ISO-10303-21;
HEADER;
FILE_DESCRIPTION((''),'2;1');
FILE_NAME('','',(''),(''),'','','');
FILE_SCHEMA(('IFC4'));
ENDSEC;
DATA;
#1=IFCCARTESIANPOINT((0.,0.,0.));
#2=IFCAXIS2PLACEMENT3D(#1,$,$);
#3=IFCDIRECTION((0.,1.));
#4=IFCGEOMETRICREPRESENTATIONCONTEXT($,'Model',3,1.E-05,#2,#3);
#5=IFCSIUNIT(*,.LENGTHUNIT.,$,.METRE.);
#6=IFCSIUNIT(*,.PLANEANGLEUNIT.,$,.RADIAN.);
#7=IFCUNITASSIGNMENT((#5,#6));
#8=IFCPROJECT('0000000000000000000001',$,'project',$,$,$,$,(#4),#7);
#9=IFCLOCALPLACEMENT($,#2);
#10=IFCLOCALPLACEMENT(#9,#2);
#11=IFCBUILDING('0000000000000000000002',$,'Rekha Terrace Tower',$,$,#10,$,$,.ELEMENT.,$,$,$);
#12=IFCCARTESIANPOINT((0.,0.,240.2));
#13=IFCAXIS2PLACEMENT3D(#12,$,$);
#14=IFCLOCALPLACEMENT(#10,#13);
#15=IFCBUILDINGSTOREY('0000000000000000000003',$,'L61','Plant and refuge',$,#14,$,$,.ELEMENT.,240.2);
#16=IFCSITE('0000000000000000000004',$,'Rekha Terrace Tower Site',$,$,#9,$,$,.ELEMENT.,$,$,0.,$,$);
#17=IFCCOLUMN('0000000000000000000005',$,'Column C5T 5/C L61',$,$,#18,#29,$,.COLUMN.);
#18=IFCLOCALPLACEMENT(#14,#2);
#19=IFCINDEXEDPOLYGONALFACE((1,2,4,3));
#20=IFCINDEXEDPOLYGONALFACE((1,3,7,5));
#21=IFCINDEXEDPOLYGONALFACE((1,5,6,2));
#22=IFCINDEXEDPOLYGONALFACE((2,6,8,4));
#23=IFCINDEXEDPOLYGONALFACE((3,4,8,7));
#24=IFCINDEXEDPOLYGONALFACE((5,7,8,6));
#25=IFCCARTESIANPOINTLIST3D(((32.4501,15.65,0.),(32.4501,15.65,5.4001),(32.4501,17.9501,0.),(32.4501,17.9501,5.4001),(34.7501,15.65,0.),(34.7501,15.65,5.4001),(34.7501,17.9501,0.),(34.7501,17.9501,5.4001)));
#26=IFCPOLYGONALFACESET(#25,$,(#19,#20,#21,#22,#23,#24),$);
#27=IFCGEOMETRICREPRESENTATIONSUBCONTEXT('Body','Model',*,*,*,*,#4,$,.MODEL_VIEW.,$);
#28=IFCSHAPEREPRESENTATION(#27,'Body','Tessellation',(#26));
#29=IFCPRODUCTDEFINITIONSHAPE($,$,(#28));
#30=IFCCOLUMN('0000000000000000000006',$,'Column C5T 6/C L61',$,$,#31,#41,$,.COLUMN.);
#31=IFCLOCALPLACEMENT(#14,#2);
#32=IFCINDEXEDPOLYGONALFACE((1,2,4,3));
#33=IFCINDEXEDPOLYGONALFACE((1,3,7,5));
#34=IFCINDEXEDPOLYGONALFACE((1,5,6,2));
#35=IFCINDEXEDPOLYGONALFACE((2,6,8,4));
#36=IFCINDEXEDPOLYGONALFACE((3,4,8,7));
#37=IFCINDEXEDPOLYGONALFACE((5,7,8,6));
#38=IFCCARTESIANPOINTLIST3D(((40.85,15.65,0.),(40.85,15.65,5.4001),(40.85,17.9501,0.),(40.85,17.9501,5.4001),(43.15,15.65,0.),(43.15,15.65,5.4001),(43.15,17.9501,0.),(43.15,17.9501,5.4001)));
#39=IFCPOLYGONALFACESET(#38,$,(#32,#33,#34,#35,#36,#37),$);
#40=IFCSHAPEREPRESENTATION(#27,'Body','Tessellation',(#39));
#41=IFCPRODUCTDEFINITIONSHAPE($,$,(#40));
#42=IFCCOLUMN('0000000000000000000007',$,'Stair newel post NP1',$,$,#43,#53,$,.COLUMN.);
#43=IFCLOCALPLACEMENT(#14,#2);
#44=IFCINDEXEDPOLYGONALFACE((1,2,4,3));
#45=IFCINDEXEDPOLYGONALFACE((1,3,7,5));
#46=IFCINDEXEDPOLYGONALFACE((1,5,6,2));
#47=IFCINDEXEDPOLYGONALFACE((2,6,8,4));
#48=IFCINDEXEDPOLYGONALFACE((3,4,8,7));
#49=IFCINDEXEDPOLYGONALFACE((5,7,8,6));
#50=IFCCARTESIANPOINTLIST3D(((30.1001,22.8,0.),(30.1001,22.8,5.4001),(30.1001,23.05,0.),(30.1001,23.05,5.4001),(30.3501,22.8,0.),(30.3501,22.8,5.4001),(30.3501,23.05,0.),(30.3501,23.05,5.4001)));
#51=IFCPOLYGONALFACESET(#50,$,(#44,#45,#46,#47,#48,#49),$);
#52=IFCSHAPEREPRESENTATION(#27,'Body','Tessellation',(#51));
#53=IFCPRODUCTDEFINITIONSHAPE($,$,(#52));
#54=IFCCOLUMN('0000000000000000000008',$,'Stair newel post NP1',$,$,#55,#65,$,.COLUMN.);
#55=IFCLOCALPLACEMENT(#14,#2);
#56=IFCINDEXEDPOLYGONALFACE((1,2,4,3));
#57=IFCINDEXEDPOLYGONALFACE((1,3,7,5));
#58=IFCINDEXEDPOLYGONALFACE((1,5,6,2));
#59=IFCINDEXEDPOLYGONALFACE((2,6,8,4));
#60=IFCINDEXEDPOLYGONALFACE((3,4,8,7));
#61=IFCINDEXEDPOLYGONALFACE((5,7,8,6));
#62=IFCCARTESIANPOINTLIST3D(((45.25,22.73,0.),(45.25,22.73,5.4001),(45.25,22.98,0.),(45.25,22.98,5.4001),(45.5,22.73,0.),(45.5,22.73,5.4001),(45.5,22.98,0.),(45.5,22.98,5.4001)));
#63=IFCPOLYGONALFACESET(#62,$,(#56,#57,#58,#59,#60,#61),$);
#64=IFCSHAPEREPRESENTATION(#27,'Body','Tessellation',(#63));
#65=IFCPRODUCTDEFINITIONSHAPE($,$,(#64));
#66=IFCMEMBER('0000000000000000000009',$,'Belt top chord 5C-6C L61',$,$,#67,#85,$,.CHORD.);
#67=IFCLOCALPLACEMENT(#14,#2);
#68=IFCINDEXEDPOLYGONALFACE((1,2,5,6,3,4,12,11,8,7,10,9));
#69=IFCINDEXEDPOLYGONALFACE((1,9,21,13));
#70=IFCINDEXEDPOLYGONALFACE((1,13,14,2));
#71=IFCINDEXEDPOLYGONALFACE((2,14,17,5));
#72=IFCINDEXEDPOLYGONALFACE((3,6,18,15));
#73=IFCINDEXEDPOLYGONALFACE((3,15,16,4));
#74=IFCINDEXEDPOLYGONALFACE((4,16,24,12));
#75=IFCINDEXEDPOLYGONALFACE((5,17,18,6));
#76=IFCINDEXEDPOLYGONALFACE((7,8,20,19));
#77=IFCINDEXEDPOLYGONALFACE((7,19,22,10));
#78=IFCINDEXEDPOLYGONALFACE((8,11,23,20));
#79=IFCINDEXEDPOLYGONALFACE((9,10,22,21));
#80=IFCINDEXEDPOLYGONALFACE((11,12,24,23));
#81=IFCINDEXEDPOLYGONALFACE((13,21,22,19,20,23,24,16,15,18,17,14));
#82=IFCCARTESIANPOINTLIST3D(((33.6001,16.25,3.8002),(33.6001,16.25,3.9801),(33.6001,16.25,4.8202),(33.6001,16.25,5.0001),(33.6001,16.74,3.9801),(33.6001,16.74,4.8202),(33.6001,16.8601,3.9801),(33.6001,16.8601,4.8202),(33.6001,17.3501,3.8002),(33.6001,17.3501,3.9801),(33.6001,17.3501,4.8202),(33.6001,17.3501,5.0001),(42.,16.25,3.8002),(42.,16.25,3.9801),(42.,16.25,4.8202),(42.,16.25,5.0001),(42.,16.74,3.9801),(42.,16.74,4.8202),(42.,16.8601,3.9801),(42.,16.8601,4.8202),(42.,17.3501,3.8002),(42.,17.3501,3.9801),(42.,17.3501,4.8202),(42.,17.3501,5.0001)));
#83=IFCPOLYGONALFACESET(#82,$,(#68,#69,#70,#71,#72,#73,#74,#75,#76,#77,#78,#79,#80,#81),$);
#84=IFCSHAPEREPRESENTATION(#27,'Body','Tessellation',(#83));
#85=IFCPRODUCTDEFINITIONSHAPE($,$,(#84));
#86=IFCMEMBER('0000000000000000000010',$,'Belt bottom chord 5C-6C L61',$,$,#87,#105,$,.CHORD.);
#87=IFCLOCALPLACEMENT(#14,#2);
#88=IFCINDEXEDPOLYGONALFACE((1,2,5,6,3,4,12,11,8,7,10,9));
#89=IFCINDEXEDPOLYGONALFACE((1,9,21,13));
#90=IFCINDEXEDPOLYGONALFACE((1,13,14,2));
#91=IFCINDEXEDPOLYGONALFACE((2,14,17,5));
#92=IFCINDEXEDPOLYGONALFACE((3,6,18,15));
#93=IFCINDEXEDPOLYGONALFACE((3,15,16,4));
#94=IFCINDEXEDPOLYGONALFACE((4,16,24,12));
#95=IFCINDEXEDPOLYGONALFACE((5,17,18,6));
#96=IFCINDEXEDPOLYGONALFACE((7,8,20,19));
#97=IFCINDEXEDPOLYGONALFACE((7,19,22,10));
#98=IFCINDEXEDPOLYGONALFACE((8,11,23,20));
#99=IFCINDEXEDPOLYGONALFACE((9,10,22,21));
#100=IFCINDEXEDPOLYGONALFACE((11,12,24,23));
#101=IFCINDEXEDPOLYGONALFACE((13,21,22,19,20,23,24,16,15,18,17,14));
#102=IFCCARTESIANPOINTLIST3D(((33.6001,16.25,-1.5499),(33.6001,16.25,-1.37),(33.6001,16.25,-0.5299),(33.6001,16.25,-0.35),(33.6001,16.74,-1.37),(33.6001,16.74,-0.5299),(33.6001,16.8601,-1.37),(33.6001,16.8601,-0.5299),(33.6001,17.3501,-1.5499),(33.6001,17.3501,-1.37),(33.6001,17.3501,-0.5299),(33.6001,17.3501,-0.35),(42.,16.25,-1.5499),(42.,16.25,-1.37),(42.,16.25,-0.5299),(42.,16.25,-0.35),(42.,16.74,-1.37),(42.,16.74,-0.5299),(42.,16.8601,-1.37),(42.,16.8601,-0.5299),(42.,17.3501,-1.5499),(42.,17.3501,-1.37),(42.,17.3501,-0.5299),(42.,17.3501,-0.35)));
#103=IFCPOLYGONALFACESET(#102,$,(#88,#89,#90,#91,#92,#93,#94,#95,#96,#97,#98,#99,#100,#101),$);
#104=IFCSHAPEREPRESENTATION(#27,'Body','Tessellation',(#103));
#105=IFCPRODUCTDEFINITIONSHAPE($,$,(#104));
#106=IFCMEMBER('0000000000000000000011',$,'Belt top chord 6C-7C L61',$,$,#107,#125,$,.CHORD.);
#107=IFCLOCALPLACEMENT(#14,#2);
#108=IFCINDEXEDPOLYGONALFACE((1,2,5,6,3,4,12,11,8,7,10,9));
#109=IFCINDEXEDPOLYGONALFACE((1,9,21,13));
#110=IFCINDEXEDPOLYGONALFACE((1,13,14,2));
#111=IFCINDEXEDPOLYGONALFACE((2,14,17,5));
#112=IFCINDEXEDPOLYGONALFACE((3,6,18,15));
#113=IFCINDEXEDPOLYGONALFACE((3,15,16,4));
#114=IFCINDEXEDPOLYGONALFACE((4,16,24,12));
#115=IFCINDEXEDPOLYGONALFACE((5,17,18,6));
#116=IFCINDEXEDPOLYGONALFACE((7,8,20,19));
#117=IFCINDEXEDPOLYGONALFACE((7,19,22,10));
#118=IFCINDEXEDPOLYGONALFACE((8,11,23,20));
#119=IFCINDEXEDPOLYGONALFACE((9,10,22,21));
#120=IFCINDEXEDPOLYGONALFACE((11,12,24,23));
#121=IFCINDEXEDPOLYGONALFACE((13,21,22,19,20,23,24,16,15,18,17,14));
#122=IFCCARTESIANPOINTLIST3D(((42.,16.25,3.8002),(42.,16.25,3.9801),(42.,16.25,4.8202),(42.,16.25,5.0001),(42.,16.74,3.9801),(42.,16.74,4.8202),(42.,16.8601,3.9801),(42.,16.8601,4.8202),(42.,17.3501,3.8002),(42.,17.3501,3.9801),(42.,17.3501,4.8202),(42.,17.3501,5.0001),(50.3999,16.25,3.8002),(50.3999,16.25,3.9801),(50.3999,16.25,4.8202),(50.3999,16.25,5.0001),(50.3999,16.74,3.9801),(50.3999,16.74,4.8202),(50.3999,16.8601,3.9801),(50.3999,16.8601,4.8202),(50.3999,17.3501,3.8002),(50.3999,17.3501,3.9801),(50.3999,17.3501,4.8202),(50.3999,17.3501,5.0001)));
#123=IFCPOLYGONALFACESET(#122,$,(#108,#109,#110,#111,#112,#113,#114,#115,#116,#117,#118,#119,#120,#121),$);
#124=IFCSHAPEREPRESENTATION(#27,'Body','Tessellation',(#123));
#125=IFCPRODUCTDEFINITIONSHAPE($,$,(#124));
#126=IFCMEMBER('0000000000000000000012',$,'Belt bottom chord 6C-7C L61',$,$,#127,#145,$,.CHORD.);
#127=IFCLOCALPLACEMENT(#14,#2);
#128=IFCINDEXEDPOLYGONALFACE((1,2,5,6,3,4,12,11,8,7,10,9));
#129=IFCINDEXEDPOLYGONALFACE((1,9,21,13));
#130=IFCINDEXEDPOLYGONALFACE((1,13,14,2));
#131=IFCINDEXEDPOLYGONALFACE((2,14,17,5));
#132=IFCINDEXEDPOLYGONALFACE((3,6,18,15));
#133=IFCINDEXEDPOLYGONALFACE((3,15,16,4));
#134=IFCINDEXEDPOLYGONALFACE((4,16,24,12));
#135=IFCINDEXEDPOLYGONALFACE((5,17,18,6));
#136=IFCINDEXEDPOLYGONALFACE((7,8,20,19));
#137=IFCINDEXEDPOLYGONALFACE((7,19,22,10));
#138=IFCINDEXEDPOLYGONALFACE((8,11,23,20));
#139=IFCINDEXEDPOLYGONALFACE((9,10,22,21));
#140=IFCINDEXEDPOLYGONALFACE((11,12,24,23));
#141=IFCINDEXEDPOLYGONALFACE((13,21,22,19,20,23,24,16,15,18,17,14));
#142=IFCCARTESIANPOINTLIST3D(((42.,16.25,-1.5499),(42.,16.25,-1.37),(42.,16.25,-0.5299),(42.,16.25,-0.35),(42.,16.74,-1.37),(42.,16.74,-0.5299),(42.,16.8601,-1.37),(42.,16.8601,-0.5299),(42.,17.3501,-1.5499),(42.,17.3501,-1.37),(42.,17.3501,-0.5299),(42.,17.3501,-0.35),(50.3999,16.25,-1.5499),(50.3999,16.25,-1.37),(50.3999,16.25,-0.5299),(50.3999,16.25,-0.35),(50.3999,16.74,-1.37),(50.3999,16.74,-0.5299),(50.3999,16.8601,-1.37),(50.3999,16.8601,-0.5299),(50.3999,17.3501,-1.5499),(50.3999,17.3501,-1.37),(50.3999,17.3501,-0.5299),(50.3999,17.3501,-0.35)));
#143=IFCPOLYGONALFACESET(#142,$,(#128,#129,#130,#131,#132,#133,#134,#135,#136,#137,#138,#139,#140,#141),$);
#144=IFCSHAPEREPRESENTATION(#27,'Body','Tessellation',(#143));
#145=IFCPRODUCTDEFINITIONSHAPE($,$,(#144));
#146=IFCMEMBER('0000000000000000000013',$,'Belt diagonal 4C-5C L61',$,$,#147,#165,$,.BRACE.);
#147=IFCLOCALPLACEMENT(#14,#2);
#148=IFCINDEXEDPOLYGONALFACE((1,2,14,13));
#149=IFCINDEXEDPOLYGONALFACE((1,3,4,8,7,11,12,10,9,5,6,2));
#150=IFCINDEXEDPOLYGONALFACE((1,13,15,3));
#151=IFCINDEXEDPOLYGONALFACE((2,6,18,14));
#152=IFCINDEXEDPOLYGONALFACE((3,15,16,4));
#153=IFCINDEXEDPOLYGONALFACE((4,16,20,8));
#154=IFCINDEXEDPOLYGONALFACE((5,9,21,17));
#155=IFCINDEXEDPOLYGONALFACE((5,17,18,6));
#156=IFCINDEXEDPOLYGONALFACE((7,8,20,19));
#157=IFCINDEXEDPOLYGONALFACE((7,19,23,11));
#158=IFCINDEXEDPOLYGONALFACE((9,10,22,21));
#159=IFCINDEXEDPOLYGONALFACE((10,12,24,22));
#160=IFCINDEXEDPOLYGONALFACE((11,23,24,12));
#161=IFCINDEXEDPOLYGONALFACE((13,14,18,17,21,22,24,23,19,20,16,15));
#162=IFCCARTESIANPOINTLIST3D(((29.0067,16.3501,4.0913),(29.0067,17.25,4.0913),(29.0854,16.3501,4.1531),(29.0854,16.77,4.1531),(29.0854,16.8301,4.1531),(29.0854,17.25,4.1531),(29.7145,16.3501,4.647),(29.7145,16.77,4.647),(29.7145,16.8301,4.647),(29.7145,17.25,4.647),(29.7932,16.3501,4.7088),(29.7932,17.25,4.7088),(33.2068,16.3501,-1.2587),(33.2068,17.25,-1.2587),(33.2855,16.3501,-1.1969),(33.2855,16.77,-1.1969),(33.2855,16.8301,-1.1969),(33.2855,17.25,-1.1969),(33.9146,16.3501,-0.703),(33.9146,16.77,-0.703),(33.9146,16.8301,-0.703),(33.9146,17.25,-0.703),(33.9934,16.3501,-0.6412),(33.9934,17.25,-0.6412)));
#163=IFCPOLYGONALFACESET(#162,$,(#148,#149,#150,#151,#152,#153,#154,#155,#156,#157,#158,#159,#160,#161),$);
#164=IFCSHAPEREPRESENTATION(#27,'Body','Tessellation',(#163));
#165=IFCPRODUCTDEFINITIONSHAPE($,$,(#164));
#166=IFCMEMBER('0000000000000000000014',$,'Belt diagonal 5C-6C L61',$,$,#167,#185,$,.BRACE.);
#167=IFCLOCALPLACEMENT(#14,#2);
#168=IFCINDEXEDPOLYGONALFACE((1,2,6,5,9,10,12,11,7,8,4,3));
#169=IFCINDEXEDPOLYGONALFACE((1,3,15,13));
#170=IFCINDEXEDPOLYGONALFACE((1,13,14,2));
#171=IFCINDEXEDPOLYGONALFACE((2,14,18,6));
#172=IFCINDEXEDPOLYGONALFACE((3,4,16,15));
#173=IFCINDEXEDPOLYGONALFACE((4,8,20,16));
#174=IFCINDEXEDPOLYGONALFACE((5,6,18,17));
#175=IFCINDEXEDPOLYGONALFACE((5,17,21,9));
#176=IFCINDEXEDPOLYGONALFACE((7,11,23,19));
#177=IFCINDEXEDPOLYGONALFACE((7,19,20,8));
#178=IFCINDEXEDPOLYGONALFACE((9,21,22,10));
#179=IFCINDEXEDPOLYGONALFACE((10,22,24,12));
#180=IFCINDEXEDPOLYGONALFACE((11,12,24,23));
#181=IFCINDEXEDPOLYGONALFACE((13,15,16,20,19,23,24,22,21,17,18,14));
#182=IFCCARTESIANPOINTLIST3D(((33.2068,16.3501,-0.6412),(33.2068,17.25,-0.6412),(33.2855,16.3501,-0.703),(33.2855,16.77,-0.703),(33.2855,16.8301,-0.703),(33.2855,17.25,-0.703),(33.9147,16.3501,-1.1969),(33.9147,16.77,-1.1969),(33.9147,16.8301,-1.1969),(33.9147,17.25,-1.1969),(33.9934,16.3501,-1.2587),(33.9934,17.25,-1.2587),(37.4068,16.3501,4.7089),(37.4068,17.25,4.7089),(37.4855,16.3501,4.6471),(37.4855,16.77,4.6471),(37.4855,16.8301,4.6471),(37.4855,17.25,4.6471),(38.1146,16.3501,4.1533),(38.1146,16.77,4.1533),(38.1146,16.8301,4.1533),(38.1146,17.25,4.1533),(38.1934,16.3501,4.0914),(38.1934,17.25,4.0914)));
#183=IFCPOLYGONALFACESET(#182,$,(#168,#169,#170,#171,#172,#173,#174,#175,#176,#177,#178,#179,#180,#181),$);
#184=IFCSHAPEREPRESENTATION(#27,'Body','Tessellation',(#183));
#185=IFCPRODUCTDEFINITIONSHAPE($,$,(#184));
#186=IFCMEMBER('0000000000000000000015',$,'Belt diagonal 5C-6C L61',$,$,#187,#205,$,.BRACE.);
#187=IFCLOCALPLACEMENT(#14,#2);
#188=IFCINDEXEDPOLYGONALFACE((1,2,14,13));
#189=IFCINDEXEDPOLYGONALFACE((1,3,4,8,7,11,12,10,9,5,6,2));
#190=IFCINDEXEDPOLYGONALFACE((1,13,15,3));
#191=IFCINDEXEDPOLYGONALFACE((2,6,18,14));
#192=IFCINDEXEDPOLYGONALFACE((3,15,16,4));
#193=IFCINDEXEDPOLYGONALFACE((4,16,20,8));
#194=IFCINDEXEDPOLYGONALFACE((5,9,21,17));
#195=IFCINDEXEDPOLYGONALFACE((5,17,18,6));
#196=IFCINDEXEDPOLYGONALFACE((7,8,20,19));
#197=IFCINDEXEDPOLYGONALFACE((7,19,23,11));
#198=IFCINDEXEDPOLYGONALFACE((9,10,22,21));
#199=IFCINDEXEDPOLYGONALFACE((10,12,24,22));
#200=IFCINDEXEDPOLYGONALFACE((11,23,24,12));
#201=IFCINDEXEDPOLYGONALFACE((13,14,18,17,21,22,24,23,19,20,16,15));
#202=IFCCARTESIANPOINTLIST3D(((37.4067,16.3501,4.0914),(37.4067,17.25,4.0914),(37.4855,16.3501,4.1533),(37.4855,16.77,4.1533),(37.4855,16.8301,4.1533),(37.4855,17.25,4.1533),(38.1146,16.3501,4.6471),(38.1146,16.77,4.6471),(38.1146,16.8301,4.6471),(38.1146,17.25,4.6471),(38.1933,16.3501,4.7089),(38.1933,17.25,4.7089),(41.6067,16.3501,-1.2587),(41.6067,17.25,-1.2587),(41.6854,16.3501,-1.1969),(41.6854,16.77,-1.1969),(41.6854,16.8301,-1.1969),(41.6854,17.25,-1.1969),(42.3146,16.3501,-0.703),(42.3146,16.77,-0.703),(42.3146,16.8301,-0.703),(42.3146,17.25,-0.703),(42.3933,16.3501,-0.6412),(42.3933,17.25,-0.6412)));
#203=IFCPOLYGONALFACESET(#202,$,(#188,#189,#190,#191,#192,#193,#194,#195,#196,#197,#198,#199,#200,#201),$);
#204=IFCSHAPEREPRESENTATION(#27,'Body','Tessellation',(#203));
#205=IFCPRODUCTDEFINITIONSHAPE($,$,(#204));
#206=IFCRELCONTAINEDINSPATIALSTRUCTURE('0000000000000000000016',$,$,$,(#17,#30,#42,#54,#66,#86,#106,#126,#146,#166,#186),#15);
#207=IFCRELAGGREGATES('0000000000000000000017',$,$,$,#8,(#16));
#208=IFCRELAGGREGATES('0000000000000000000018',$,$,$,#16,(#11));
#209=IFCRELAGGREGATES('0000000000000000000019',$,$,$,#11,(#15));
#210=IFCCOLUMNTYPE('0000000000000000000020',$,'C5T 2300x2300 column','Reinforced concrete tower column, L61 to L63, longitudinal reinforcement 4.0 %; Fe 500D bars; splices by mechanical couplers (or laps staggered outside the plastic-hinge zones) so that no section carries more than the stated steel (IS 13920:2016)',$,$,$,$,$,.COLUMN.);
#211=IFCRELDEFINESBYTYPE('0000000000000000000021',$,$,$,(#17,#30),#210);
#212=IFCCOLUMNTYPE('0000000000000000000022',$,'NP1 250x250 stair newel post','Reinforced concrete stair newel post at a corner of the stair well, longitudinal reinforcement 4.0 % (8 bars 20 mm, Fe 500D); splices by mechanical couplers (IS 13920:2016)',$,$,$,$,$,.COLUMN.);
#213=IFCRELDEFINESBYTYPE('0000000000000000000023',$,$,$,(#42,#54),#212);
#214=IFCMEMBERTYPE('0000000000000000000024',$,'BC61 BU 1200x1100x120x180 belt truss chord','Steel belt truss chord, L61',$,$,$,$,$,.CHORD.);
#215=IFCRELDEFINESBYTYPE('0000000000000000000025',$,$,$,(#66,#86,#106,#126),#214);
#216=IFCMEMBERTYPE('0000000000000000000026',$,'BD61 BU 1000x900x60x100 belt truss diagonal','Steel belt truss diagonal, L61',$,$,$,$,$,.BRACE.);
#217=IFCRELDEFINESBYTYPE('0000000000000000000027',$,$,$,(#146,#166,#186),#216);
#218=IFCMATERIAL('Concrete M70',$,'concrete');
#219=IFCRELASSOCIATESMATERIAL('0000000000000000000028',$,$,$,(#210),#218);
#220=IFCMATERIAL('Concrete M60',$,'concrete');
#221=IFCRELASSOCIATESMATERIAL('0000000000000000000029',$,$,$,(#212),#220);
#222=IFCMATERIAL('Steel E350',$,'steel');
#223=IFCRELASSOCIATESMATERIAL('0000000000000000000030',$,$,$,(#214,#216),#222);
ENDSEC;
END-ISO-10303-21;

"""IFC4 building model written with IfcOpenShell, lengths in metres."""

from ifc_helpers import new_model, si_unit, direction, frame, origin, origin_2d, place, context, subcontext, project, spatial, rectangle, i_section, extrude, material, material_profile, profile_set, type_object, element, save


model = new_model("IFC4")

# Units and contexts
model_context = context("Model", 3, precision=1e-05, world=origin(), true_north=direction((0.0, 1.0)))
body_context = subcontext(model_context, "Body", "Model", "MODEL_VIEW")
ifc_project = project(units=[si_unit("LENGTHUNIT", "METRE"), si_unit("PLANEANGLEUNIT", "RADIAN")], contexts=[model_context])

# Site, building, storey
site_placement = place(None, origin())
site = spatial("IfcSite", under=ifc_project, at=site_placement, Name="Rekha Terrace Tower Site", CompositionType="ELEMENT", RefElevation=0.0)
building_placement = place(site_placement, origin())
building = spatial("IfcBuilding", under=site, at=building_placement, Name="Rekha Terrace Tower", CompositionType="ELEMENT")
storey_placement = place(building_placement, frame((0.0, 0.0, 240.2)))
storey = spatial("IfcBuildingStorey", under=building, at=storey_placement, Name="L61", Description="Plant and refuge", CompositionType="ELEMENT", Elevation=240.2)

# Columns
ifc_material_1 = material(Name="Concrete M70", Category="concrete")
ifc_material_profile_1 = material_profile(ifc_material_1, rectangle(XDim=2.3, YDim=2.3, at=origin_2d()), Name="RC 2300x2300")
ifc_profile_set_1 = profile_set([ifc_material_profile_1], Name="Concrete M70")
column_type_1 = type_object("IfcColumnType", Name="C5T 2300x2300 column", Description="Reinforced concrete tower column, L61 to L63, longitudinal reinforcement 4.0 %; Fe 500D bars; splices by mechanical couplers (or laps staggered outside the plastic-hinge zones) so that no section carries more than the stated steel (IS 13920:2016)", PredefinedType="COLUMN", material=ifc_profile_set_1)
for number, where, z_axis, x_axis, name in (
    (1, (33.6001, 16.8, 0.0), (0.0, 0.0, 1.0), (1.0, 0.0, 0.0), "Column C5T 5/C L61"),
    (2, (42.0, 16.8, 0.0), (0.0, 0.0, 1.0), (1.0, 0.0, 0.0), "Column C5T 6/C L61"),
):
    element("IfcColumn", number, at=place(storey_placement, frame(where, z_axis=z_axis, x_axis=x_axis)), inside=storey, type_object=column_type_1, Name=name, PredefinedType="COLUMN", context=body_context, shape_type="SweptSolid", body=[
        extrude(rectangle(XDim=2.3, YDim=2.3, at=origin_2d()), origin(), (0.0, 0.0, 1.0), 5.4001),
    ])
ifc_material_2 = material(Name="Concrete M60", Category="concrete")
ifc_material_profile_2 = material_profile(ifc_material_2, rectangle(XDim=0.25, YDim=0.25, at=origin_2d()), Name="RC 250x250")
ifc_profile_set_2 = profile_set([ifc_material_profile_2], Name="Concrete M60")
column_type_2 = type_object("IfcColumnType", Name="NP1 250x250 stair newel post", Description="Reinforced concrete stair newel post at a corner of the stair well, longitudinal reinforcement 4.0 % (8 bars 20 mm, Fe 500D); splices by mechanical couplers (IS 13920:2016)", PredefinedType="COLUMN", material=ifc_profile_set_2)
for number, where, z_axis, x_axis, name in (
    (3, (30.2251, 22.925, 0.0), (0.0, 0.0, 1.0), (1.0, 0.0, 0.0), "Stair newel post NP1"),
    (4, (45.375, 22.855, 0.0), (0.0, 0.0, 1.0), (1.0, 0.0, 0.0), "Stair newel post NP1"),
):
    element("IfcColumn", number, at=place(storey_placement, frame(where, z_axis=z_axis, x_axis=x_axis)), inside=storey, type_object=column_type_2, Name=name, PredefinedType="COLUMN", context=body_context, shape_type="SweptSolid", body=[
        extrude(rectangle(XDim=0.25, YDim=0.25, at=origin_2d()), origin(), (0.0, 0.0, 1.0), 5.4001),
    ])

# Members
ifc_material_3 = material(Name="Steel E350", Category="steel")
ifc_material_profile_3 = material_profile(ifc_material_3, i_section(OverallWidth=1.1001, OverallDepth=1.2, WebThickness=0.1201, FlangeThickness=0.1799, at=origin_2d()), Name="BU 1200x1100x120x180")
ifc_profile_set_3 = profile_set([ifc_material_profile_3], Name="Steel E350")
member_type_1 = type_object("IfcMemberType", Name="BC61 BU 1200x1100x120x180 belt truss chord", Description="Steel belt truss chord, L61", PredefinedType="CHORD", material=ifc_profile_set_3)
for number, where, z_axis, x_axis, name in (
    (5, (33.6001, 16.8, 4.4001), (1.0, 0.0, 0.0), (0.0, 1.0, 0.0), "Belt top chord 5C-6C L61"),
    (6, (33.6001, 16.8, -0.95), (1.0, 0.0, 0.0), (0.0, 1.0, 0.0), "Belt bottom chord 5C-6C L61"),
    (7, (42.0, 16.8, 4.4001), (1.0, 0.0, 0.0), (0.0, 1.0, 0.0), "Belt top chord 6C-7C L61"),
    (8, (42.0, 16.8, -0.95), (1.0, 0.0, 0.0), (0.0, 1.0, 0.0), "Belt bottom chord 6C-7C L61"),
):
    element("IfcMember", number, at=place(storey_placement, frame(where, z_axis=z_axis, x_axis=x_axis)), inside=storey, type_object=member_type_1, Name=name, PredefinedType="CHORD", context=body_context, shape_type="SweptSolid", body=[
        extrude(i_section(OverallWidth=1.1001, OverallDepth=1.2, WebThickness=0.1201, FlangeThickness=0.1799, at=origin_2d()), origin(), (0.0, 0.0, 1.0), 8.3999),
    ])
ifc_material_profile_4 = material_profile(ifc_material_3, i_section(OverallWidth=0.8999, OverallDepth=1.0, WebThickness=0.0601, FlangeThickness=0.1001, at=origin_2d()), Name="BU 1000x900x60x100")
ifc_profile_set_4 = profile_set([ifc_material_profile_4], Name="Steel E350")
member_type_2 = type_object("IfcMemberType", Name="BD61 BU 1000x900x60x100 belt truss diagonal", Description="Steel belt truss diagonal, L61", PredefinedType="BRACE", material=ifc_profile_set_4)
for number, where, z_axis, x_axis, name in (
    (9, (33.6001, 16.8, -0.95), (-0.617508, 0.0, 0.786565), (0.0, -1.0, 0.0), "Belt diagonal 4C-5C L61"),
    (10, (33.6001, 16.8, -0.95), (0.617485, 0.0, 0.786582), (0.0, 1.0, 0.0), "Belt diagonal 5C-6C L61"),
    (11, (42.0, 16.8, -0.95), (-0.617485, 0.0, 0.786582), (0.0, -1.0, 0.0), "Belt diagonal 5C-6C L61"),
):
    element("IfcMember", number, at=place(storey_placement, frame(where, z_axis=z_axis, x_axis=x_axis)), inside=storey, type_object=member_type_2, Name=name, PredefinedType="BRACE", context=body_context, shape_type="SweptSolid", body=[
        extrude(i_section(OverallWidth=0.8999, OverallDepth=1.0, WebThickness=0.0601, FlangeThickness=0.1001, at=origin_2d()), origin(), (0.0, 0.0, 1.0), 6.8018),
    ])

save(model, "model.ifc")
